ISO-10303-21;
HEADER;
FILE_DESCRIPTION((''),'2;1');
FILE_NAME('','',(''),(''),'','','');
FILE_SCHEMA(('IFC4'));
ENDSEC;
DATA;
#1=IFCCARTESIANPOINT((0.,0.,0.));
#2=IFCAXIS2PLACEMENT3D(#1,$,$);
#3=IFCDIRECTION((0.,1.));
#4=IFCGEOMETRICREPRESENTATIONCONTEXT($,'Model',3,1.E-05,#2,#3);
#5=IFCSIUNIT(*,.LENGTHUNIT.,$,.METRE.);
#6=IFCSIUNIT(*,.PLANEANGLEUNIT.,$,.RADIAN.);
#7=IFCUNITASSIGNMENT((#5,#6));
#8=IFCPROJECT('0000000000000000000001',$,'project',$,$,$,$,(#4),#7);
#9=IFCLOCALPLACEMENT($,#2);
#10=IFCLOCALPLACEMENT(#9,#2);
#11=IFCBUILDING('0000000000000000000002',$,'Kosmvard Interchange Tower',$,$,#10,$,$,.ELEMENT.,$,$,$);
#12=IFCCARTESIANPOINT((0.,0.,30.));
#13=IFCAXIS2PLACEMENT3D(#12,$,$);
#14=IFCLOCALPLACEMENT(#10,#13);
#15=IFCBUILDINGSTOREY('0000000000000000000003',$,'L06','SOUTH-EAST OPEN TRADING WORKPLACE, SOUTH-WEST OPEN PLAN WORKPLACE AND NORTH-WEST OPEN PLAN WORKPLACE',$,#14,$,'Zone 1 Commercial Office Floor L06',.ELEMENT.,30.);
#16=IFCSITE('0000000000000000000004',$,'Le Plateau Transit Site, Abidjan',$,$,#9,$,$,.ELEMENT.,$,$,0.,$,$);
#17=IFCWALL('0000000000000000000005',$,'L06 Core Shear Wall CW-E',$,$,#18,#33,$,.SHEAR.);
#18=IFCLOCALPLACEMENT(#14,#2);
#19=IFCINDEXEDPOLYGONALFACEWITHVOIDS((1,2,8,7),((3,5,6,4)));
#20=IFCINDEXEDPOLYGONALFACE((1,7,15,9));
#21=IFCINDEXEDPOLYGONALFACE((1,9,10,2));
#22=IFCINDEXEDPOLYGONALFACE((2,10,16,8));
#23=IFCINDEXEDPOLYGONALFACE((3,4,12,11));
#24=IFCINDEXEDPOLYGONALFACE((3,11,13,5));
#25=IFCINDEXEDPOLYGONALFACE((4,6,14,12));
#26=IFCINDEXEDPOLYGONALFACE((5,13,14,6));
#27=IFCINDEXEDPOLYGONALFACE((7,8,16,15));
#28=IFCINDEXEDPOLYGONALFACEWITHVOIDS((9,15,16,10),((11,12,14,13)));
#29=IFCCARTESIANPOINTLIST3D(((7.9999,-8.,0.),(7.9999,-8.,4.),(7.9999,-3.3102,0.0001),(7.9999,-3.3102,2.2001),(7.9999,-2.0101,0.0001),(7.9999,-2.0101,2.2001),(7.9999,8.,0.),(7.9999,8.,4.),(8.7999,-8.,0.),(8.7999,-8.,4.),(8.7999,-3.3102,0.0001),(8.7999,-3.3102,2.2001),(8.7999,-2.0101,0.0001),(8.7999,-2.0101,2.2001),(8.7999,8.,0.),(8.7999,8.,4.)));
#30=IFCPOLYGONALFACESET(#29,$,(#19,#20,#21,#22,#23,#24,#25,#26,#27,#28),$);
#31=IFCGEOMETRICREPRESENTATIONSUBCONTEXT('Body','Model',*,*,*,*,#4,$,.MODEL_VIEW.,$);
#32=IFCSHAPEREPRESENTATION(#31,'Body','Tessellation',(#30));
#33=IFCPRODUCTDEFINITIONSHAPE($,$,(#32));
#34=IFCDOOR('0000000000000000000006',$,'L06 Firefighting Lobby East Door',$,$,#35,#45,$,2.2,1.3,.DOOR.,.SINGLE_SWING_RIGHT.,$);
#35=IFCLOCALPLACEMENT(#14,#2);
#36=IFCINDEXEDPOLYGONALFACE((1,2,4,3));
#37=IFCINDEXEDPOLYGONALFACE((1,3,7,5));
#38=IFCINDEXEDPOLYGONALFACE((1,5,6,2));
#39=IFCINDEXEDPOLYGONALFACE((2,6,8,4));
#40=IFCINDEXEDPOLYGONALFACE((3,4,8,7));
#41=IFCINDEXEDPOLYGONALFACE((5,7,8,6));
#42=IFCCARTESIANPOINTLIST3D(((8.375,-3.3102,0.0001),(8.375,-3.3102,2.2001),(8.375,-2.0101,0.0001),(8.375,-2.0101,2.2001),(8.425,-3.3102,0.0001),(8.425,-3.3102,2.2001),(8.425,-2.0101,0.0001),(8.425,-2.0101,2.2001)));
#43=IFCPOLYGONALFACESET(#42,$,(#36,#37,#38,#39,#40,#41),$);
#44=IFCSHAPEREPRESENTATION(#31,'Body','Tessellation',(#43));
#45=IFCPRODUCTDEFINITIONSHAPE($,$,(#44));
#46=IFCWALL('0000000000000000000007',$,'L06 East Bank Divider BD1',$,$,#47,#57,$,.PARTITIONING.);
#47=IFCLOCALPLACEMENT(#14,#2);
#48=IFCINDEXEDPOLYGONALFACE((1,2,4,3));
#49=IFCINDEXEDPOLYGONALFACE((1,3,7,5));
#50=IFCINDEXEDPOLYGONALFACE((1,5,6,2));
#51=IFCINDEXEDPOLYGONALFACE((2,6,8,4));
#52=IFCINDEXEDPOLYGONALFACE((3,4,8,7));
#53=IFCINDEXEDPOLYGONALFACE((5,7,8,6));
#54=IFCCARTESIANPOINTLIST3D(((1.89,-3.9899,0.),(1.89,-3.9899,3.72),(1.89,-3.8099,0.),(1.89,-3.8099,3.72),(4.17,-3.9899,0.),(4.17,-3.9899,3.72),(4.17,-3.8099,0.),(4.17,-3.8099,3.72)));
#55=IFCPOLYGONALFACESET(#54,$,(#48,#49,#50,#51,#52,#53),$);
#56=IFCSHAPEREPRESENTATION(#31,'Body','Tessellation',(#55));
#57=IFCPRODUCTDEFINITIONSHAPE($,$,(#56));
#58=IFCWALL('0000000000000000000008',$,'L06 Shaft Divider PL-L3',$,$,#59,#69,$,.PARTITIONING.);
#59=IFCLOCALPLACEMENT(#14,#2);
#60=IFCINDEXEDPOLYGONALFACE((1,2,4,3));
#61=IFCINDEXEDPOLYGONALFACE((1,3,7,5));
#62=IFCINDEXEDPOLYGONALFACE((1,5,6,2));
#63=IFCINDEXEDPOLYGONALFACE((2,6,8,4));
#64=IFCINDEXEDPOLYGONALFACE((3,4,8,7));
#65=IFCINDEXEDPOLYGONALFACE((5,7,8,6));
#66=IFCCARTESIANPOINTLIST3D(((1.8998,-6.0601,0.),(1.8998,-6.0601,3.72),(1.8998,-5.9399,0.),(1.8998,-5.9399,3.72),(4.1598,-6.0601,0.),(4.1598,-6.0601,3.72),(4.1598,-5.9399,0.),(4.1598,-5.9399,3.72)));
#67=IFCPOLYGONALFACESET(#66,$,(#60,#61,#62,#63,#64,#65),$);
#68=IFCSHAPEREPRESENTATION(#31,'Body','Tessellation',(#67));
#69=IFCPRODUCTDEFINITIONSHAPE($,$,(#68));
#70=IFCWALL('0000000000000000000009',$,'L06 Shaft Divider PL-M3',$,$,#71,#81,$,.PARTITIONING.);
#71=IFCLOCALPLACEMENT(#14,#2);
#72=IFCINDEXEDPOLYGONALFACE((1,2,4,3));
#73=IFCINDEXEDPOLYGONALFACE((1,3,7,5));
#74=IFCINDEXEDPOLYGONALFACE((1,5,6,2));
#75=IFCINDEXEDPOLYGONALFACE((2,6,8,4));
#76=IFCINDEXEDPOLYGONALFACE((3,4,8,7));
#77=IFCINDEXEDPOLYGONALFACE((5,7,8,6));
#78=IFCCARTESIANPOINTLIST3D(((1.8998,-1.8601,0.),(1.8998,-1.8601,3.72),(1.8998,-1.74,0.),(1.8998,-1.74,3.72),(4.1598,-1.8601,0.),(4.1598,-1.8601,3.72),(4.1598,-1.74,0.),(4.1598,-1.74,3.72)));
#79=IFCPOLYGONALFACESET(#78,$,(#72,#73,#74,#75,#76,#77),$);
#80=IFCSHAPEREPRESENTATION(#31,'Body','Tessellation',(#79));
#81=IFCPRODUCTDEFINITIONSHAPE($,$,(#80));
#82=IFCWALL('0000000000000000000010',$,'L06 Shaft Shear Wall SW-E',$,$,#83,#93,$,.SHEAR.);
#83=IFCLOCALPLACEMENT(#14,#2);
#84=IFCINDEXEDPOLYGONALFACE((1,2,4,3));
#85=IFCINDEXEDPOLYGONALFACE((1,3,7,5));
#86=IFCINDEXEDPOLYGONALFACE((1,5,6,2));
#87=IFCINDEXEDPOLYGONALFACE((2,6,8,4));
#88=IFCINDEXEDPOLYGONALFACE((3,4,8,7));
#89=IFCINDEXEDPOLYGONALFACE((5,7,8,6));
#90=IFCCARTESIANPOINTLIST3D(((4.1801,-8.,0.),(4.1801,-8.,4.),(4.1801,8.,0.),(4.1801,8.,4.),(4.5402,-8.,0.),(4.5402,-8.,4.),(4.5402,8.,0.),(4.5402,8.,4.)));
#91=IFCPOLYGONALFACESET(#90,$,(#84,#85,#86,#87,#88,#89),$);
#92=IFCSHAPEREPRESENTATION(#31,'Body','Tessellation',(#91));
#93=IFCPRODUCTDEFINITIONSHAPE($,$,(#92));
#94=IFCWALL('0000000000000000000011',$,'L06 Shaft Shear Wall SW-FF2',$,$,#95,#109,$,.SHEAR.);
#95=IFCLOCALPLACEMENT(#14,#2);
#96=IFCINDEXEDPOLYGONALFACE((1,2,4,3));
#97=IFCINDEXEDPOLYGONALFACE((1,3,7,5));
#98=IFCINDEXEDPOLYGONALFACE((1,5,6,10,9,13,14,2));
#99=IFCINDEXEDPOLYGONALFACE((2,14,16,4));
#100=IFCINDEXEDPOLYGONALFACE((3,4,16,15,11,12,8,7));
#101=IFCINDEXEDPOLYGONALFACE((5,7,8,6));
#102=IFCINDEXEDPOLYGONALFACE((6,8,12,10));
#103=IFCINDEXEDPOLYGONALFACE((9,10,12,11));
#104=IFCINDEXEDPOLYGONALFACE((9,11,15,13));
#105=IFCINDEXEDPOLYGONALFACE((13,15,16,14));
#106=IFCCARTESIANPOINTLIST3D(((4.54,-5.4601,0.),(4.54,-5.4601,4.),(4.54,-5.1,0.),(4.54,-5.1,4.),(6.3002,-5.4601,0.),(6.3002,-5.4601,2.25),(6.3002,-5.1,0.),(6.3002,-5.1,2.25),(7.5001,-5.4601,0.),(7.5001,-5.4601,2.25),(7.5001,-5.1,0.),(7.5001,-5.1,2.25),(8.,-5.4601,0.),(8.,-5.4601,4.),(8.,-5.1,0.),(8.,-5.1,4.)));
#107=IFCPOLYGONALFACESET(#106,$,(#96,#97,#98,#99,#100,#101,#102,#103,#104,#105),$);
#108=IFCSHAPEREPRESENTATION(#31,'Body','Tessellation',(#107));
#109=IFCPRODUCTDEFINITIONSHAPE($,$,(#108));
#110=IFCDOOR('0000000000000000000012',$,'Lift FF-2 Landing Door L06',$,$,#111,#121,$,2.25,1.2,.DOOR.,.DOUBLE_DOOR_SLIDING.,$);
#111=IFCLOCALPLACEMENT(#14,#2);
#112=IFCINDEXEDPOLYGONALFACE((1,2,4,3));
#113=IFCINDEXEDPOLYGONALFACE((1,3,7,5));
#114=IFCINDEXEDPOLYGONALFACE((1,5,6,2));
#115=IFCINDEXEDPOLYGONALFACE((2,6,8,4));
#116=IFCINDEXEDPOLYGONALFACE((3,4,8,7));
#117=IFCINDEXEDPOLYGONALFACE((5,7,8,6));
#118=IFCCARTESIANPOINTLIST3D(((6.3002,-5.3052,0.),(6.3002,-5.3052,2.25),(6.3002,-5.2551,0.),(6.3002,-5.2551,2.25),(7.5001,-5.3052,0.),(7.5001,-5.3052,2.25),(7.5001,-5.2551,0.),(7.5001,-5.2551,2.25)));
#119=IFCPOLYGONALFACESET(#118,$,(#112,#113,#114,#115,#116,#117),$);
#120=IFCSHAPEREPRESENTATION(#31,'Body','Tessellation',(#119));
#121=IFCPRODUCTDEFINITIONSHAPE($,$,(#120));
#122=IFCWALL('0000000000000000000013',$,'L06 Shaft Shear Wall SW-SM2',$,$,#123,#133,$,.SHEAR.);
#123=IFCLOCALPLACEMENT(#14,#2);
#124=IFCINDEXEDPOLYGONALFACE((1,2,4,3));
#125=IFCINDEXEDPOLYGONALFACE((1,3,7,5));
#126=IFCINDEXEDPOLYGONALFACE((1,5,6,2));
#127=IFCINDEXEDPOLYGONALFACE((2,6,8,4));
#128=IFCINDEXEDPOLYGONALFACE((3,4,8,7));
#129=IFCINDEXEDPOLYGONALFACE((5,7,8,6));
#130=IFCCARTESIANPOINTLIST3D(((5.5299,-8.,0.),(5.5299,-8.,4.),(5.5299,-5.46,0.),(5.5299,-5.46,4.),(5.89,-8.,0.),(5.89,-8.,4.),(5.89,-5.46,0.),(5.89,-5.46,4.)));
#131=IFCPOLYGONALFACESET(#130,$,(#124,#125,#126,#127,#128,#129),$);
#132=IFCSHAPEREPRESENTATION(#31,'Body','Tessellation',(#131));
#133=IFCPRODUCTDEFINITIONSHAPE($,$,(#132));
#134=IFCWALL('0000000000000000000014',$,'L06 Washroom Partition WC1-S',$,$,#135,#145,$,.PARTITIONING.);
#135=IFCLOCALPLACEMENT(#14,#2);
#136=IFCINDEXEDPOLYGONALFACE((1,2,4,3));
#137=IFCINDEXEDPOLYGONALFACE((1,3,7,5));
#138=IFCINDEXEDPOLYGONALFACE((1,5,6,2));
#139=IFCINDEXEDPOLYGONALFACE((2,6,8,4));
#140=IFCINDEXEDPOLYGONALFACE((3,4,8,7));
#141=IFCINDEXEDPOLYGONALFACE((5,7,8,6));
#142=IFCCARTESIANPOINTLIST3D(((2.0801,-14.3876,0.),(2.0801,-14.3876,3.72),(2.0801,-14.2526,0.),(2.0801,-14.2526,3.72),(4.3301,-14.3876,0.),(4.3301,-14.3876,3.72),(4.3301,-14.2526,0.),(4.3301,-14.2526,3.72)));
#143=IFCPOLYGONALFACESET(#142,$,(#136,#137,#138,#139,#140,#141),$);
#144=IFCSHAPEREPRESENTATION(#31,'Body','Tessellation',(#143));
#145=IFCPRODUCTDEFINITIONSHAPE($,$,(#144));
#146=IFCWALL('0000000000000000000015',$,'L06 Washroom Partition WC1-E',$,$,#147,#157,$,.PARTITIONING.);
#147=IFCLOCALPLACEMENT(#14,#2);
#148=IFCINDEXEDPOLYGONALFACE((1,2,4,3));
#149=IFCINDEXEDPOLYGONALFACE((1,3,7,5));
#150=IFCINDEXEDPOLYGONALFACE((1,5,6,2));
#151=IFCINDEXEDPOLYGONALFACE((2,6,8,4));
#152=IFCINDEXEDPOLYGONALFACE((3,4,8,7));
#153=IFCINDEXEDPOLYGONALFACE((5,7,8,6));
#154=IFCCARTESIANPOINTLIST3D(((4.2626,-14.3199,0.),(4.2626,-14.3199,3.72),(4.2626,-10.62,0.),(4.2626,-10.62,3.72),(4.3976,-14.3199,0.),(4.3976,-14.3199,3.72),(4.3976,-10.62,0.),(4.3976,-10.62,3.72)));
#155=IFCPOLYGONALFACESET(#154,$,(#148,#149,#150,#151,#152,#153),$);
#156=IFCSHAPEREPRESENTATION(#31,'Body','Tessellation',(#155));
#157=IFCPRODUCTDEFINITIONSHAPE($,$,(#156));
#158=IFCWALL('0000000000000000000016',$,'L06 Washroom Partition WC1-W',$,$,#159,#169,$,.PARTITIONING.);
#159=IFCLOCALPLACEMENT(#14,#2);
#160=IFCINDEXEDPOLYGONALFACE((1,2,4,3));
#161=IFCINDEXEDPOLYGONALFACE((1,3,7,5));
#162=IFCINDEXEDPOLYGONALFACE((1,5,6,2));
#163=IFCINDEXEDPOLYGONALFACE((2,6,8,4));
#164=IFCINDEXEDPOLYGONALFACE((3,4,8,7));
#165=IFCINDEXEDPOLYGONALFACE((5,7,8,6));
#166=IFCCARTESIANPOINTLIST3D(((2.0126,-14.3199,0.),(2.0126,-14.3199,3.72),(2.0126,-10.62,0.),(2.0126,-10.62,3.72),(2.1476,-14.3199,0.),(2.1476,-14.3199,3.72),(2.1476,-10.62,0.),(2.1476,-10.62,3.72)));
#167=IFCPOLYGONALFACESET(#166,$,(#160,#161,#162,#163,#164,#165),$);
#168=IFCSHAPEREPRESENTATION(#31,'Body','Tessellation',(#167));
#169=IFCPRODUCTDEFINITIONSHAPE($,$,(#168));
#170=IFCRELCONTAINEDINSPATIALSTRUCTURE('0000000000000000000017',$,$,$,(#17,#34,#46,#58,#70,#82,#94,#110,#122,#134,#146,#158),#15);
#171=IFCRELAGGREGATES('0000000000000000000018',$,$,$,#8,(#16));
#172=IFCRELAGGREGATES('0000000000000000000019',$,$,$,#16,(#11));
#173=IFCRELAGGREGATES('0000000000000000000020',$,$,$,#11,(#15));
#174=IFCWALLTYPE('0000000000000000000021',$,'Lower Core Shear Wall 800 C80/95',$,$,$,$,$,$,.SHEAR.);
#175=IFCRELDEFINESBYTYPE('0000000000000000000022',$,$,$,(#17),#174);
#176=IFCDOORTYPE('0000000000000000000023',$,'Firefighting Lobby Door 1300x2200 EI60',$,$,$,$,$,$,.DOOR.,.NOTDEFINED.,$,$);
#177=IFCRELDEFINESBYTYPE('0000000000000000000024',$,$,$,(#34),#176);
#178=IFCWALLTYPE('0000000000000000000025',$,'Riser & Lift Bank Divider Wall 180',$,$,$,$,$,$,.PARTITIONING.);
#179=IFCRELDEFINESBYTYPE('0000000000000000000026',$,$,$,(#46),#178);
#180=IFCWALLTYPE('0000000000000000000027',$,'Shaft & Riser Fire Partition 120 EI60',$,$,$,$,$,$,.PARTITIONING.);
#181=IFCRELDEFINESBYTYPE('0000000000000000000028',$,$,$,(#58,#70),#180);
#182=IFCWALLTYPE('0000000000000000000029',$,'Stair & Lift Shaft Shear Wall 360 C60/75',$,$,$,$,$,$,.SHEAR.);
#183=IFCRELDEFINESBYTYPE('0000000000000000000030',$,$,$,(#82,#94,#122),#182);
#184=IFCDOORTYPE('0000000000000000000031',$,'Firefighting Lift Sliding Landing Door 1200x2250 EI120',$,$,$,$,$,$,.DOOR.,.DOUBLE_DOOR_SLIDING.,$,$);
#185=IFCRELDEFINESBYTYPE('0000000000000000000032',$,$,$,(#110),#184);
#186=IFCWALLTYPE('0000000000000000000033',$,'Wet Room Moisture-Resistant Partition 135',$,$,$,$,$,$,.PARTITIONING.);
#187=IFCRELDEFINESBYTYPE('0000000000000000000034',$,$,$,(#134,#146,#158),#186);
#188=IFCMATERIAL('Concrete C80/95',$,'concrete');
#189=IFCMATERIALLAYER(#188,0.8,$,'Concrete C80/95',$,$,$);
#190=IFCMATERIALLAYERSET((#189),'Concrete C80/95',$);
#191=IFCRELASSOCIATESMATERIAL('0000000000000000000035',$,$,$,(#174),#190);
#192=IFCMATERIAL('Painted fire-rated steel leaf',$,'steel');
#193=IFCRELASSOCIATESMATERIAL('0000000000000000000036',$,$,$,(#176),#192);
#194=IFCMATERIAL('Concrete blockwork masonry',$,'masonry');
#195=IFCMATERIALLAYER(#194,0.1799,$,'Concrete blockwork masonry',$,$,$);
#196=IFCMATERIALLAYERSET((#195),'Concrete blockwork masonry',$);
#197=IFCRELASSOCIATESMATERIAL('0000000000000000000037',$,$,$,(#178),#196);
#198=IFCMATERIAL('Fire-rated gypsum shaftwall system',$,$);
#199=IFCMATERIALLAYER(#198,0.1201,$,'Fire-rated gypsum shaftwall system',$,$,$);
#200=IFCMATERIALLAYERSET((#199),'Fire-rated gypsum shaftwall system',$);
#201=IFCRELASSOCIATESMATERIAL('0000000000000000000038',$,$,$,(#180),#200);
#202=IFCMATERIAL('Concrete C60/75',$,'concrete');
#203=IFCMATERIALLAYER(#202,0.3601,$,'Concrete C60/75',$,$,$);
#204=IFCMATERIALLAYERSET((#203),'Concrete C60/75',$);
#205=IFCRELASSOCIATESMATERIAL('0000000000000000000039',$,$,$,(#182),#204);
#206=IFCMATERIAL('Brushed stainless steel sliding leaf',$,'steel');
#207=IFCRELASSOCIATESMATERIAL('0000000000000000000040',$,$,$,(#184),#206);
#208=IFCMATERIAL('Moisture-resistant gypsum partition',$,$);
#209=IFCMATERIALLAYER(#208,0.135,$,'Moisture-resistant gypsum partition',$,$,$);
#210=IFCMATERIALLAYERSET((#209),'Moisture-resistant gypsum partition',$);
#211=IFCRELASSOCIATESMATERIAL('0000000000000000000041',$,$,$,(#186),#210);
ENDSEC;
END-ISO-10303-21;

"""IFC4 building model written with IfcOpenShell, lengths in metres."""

from ifc_helpers import new_model, si_unit, direction, frame, frame_2d, origin, place, context, subcontext, project, spatial, rectangle, extrude, source, transform, mapped, material, layer, layer_set, type_object, element, fill, save


model = new_model("IFC4")

# Units and contexts
model_context = context("Model", 3, precision=1e-05, world=origin(), true_north=direction((0.0, 1.0)))
body_context = subcontext(model_context, "Body", "Model", "MODEL_VIEW")
ifc_project = project(units=[si_unit("LENGTHUNIT", "METRE"), si_unit("PLANEANGLEUNIT", "RADIAN")], contexts=[model_context])

# Site, building, storey
site_placement = place(None, origin())
site = spatial("IfcSite", under=ifc_project, at=site_placement, Name="Le Plateau Transit Site, Abidjan", CompositionType="ELEMENT", RefElevation=0.0)
building_placement = place(site_placement, origin())
building = spatial("IfcBuilding", under=site, at=building_placement, Name="Kosmvard Interchange Tower", CompositionType="ELEMENT")
storey_placement = place(building_placement, frame((0.0, 0.0, 30.0)))
storey = spatial("IfcBuildingStorey", under=building, at=storey_placement, Name="L06", Description="SOUTH-EAST OPEN TRADING WORKPLACE, SOUTH-WEST OPEN PLAN WORKPLACE AND NORTH-WEST OPEN PLAN WORKPLACE", LongName="Zone 1 Commercial Office Floor L06", CompositionType="ELEMENT", Elevation=30.0)

# Shared definitions
ifc_material_1 = material(Name="Concrete C80/95", Category="concrete")
ifc_material_2 = material(Name="Concrete C60/75", Category="concrete")

# Shared definitions
ifc_material_3 = material(Name="Brushed stainless steel sliding leaf", Category="steel")

# Wall, opening, door
ifc_layer_1 = layer(ifc_material_1, 0.8, Name="Concrete C80/95")
ifc_layer_set_1 = layer_set([ifc_layer_1], Name="Concrete C80/95")
wall_type_1 = type_object("IfcWallType", Name="Lower Core Shear Wall 800 C80/95", PredefinedType="SHEAR", material=ifc_layer_set_1)
wall_1_placement = place(storey_placement, frame((8.3999, -8.0, 0.0), z_axis=(0.0, 0.0, 1.0), x_axis=(0.0, 1.0, 0.0)))
wall_1 = element("IfcWall", 1, at=wall_1_placement, inside=storey, type_object=wall_type_1, Name="L06 Core Shear Wall CW-E", PredefinedType="SHEAR", context=body_context, shape_type="SweptSolid", body=[
    extrude(rectangle(XDim=16.0, YDim=0.8, at=frame_2d((8.0, 0.0))), origin(), (0.0, 0.0, 1.0), 4.0),
])
opening_1_placement = place(wall_1_placement, frame((4.6899, 0.0, 0.0)))
opening_1 = element("IfcOpeningElement", 2, at=opening_1_placement, cuts=wall_1, PredefinedType="OPENING", context=body_context, shape_type="SweptSolid", body=[
    extrude(rectangle(XDim=1.3, YDim=2.2, at=frame_2d((0.6499, 1.1001))), frame((0.0, 0.4102, 0.0), z_axis=(0.0, -1.0, 0.0), x_axis=(1.0, 0.0, 0.0)), (0.0, 0.0, 1.0), 0.8201),
])
ifc_material_4 = material(Name="Painted fire-rated steel leaf", Category="steel")
door_type_1 = type_object("IfcDoorType", Name="Firefighting Lobby Door 1300x2200 EI60", OperationType="NOTDEFINED", PredefinedType="DOOR", material=ifc_material_4)
shared_shape_1 = source(origin(), body_context, "Body", "SweptSolid", [
    extrude(rectangle(XDim=1.3, YDim=2.2, at=frame_2d((0.6499, 1.1001))), frame((0.0, 0.0249, 0.0), z_axis=(0.0, -1.0, 0.0), x_axis=(1.0, 0.0, 0.0)), (0.0, 0.0, 1.0), 0.05),
])
door_1_placement = place(opening_1_placement, origin())
door_1 = element("IfcDoor", 3, at=door_1_placement, inside=storey, type_object=door_type_1, Name="L06 Firefighting Lobby East Door", OperationType="SINGLE_SWING_RIGHT", OverallHeight=2.2, OverallWidth=1.3, PredefinedType="DOOR", context=body_context, shape_type="MappedRepresentation", body=[
    mapped(shared_shape_1, transform((0.0, 0.0, 0.0), scale=1.0)),
])
fill(opening_1, door_1)

# Walls
ifc_material_5 = material(Name="Concrete blockwork masonry", Category="masonry")
ifc_layer_2 = layer(ifc_material_5, 0.1799, Name="Concrete blockwork masonry")
ifc_layer_set_2 = layer_set([ifc_layer_2], Name="Concrete blockwork masonry")
wall_type_2 = type_object("IfcWallType", Name="Riser & Lift Bank Divider Wall 180", PredefinedType="PARTITIONING", material=ifc_layer_set_2)
wall_2_placement = place(storey_placement, frame((1.8899, -3.8999, 0.0), z_axis=(0.0, 0.0, 1.0), x_axis=(1.0, 0.0, 0.0)))
element("IfcWall", 4, at=wall_2_placement, inside=storey, type_object=wall_type_2, Name="L06 East Bank Divider BD1", PredefinedType="PARTITIONING", context=body_context, shape_type="SweptSolid", body=[
    extrude(rectangle(XDim=2.28, YDim=0.1799, at=frame_2d((1.1401, 0.0))), origin(), (0.0, 0.0, 1.0), 3.72),
])
ifc_material_6 = material(Name="Fire-rated gypsum shaftwall system")
ifc_layer_3 = layer(ifc_material_6, 0.1201, Name="Fire-rated gypsum shaftwall system")
ifc_layer_set_3 = layer_set([ifc_layer_3], Name="Fire-rated gypsum shaftwall system")
wall_type_3 = type_object("IfcWallType", Name="Shaft & Riser Fire Partition 120 EI60", PredefinedType="PARTITIONING", material=ifc_layer_set_3)
for number, where, z_axis, x_axis, name in (
    (5, (1.8999, -6.0, 0.0), (0.0, 0.0, 1.0), (1.0, 0.0, 0.0), "L06 Shaft Divider PL-L3"),
    (6, (1.8999, -1.8, 0.0), (0.0, 0.0, 1.0), (1.0, 0.0, 0.0), "L06 Shaft Divider PL-M3"),
):
    element("IfcWall", number, at=place(storey_placement, frame(where, z_axis=z_axis, x_axis=x_axis)), inside=storey, type_object=wall_type_3, Name=name, PredefinedType="PARTITIONING", context=body_context, shape_type="SweptSolid", body=[
        extrude(rectangle(XDim=2.26, YDim=0.1201, at=frame_2d((1.1299, 0.0))), origin(), (0.0, 0.0, 1.0), 3.72),
    ])
ifc_layer_4 = layer(ifc_material_2, 0.3601, Name="Concrete C60/75")
ifc_layer_set_4 = layer_set([ifc_layer_4], Name="Concrete C60/75")
wall_type_4 = type_object("IfcWallType", Name="Stair & Lift Shaft Shear Wall 360 C60/75", PredefinedType="SHEAR", material=ifc_layer_set_4)
wall_3_placement = place(storey_placement, frame((4.3601, -8.0, 0.0), z_axis=(0.0, 0.0, 1.0), x_axis=(0.0, 1.0, 0.0)))
element("IfcWall", 7, at=wall_3_placement, inside=storey, type_object=wall_type_4, Name="L06 Shaft Shear Wall SW-E", PredefinedType="SHEAR", context=body_context, shape_type="SweptSolid", body=[
    extrude(rectangle(XDim=16.0, YDim=0.3601, at=frame_2d((8.0, 0.0))), origin(), (0.0, 0.0, 1.0), 4.0),
])

# Wall, opening, door
wall_4_placement = place(storey_placement, frame((4.54, -5.28, 0.0), z_axis=(0.0, 0.0, 1.0), x_axis=(1.0, 0.0, 0.0)))
wall_4 = element("IfcWall", 8, at=wall_4_placement, inside=storey, type_object=wall_type_4, Name="L06 Shaft Shear Wall SW-FF2", PredefinedType="SHEAR", context=body_context, shape_type="SweptSolid", body=[
    extrude(rectangle(XDim=3.46, YDim=0.3601, at=frame_2d((1.73, 0.0))), origin(), (0.0, 0.0, 1.0), 4.0),
])
opening_2_placement = place(wall_4_placement, frame((1.76, 0.0, 0.0)))
opening_2 = element("IfcOpeningElement", 9, at=opening_2_placement, cuts=wall_4, PredefinedType="OPENING", context=body_context, shape_type="SweptSolid", body=[
    extrude(rectangle(XDim=1.2, YDim=2.25, at=frame_2d((0.6001, 1.125))), frame((0.0, 0.1899, 0.0), z_axis=(0.0, -1.0, 0.0), x_axis=(1.0, 0.0, 0.0)), (0.0, 0.0, 1.0), 0.3801),
])
door_type_2 = type_object("IfcDoorType", Name="Firefighting Lift Sliding Landing Door 1200x2250 EI120", OperationType="DOUBLE_DOOR_SLIDING", PredefinedType="DOOR", material=ifc_material_3)
shared_shape_2 = source(origin(), body_context, "Body", "SweptSolid", [
    extrude(rectangle(XDim=1.2, YDim=2.25, at=frame_2d((0.6001, 1.125))), frame((0.0, 0.0249, 0.0), z_axis=(0.0, -1.0, 0.0), x_axis=(1.0, 0.0, 0.0)), (0.0, 0.0, 1.0), 0.05),
])
door_2_placement = place(opening_2_placement, origin())
door_2 = element("IfcDoor", 10, at=door_2_placement, inside=storey, type_object=door_type_2, Name="Lift FF-2 Landing Door L06", OperationType="DOUBLE_DOOR_SLIDING", OverallHeight=2.25, OverallWidth=1.2, PredefinedType="DOOR", context=body_context, shape_type="MappedRepresentation", body=[
    mapped(shared_shape_2, transform((0.0, 0.0, 0.0), scale=1.0)),
])
fill(opening_2, door_2)

# Walls
wall_5_placement = place(storey_placement, frame((5.71, -8.0, 0.0), z_axis=(0.0, 0.0, 1.0), x_axis=(0.0, 1.0, 0.0)))
element("IfcWall", 11, at=wall_5_placement, inside=storey, type_object=wall_type_4, Name="L06 Shaft Shear Wall SW-SM2", PredefinedType="SHEAR", context=body_context, shape_type="SweptSolid", body=[
    extrude(rectangle(XDim=2.54, YDim=0.3601, at=frame_2d((1.27, 0.0))), origin(), (0.0, 0.0, 1.0), 4.0),
])
ifc_material_7 = material(Name="Moisture-resistant gypsum partition")
ifc_layer_5 = layer(ifc_material_7, 0.135, Name="Moisture-resistant gypsum partition")
ifc_layer_set_5 = layer_set([ifc_layer_5], Name="Moisture-resistant gypsum partition")
wall_type_5 = type_object("IfcWallType", Name="Wet Room Moisture-Resistant Partition 135", PredefinedType="PARTITIONING", material=ifc_layer_set_5)
wall_6_placement = place(storey_placement, frame((2.0801, -14.3201, 0.0), z_axis=(0.0, 0.0, 1.0), x_axis=(1.0, 0.0, 0.0)))
element("IfcWall", 12, at=wall_6_placement, inside=storey, type_object=wall_type_5, Name="L06 Washroom Partition WC1-S", PredefinedType="PARTITIONING", context=body_context, shape_type="SweptSolid", body=[
    extrude(rectangle(XDim=2.25, YDim=0.135, at=frame_2d((1.125, 0.0))), origin(), (0.0, 0.0, 1.0), 3.72),
])
for number, where, z_axis, x_axis, name in (
    (13, (4.3301, -14.3201, 0.0), (0.0, 0.0, 1.0), (0.0, 1.0, 0.0), "L06 Washroom Partition WC1-E"),
    (14, (2.0801, -14.3201, 0.0), (0.0, 0.0, 1.0), (0.0, 1.0, 0.0), "L06 Washroom Partition WC1-W"),
):
    element("IfcWall", number, at=place(storey_placement, frame(where, z_axis=z_axis, x_axis=x_axis)), inside=storey, type_object=wall_type_5, Name=name, PredefinedType="PARTITIONING", context=body_context, shape_type="SweptSolid", body=[
        extrude(rectangle(XDim=3.7, YDim=0.135, at=frame_2d((1.8501, 0.0))), origin(), (0.0, 0.0, 1.0), 3.72),
    ])

save(model, "model.ifc")
